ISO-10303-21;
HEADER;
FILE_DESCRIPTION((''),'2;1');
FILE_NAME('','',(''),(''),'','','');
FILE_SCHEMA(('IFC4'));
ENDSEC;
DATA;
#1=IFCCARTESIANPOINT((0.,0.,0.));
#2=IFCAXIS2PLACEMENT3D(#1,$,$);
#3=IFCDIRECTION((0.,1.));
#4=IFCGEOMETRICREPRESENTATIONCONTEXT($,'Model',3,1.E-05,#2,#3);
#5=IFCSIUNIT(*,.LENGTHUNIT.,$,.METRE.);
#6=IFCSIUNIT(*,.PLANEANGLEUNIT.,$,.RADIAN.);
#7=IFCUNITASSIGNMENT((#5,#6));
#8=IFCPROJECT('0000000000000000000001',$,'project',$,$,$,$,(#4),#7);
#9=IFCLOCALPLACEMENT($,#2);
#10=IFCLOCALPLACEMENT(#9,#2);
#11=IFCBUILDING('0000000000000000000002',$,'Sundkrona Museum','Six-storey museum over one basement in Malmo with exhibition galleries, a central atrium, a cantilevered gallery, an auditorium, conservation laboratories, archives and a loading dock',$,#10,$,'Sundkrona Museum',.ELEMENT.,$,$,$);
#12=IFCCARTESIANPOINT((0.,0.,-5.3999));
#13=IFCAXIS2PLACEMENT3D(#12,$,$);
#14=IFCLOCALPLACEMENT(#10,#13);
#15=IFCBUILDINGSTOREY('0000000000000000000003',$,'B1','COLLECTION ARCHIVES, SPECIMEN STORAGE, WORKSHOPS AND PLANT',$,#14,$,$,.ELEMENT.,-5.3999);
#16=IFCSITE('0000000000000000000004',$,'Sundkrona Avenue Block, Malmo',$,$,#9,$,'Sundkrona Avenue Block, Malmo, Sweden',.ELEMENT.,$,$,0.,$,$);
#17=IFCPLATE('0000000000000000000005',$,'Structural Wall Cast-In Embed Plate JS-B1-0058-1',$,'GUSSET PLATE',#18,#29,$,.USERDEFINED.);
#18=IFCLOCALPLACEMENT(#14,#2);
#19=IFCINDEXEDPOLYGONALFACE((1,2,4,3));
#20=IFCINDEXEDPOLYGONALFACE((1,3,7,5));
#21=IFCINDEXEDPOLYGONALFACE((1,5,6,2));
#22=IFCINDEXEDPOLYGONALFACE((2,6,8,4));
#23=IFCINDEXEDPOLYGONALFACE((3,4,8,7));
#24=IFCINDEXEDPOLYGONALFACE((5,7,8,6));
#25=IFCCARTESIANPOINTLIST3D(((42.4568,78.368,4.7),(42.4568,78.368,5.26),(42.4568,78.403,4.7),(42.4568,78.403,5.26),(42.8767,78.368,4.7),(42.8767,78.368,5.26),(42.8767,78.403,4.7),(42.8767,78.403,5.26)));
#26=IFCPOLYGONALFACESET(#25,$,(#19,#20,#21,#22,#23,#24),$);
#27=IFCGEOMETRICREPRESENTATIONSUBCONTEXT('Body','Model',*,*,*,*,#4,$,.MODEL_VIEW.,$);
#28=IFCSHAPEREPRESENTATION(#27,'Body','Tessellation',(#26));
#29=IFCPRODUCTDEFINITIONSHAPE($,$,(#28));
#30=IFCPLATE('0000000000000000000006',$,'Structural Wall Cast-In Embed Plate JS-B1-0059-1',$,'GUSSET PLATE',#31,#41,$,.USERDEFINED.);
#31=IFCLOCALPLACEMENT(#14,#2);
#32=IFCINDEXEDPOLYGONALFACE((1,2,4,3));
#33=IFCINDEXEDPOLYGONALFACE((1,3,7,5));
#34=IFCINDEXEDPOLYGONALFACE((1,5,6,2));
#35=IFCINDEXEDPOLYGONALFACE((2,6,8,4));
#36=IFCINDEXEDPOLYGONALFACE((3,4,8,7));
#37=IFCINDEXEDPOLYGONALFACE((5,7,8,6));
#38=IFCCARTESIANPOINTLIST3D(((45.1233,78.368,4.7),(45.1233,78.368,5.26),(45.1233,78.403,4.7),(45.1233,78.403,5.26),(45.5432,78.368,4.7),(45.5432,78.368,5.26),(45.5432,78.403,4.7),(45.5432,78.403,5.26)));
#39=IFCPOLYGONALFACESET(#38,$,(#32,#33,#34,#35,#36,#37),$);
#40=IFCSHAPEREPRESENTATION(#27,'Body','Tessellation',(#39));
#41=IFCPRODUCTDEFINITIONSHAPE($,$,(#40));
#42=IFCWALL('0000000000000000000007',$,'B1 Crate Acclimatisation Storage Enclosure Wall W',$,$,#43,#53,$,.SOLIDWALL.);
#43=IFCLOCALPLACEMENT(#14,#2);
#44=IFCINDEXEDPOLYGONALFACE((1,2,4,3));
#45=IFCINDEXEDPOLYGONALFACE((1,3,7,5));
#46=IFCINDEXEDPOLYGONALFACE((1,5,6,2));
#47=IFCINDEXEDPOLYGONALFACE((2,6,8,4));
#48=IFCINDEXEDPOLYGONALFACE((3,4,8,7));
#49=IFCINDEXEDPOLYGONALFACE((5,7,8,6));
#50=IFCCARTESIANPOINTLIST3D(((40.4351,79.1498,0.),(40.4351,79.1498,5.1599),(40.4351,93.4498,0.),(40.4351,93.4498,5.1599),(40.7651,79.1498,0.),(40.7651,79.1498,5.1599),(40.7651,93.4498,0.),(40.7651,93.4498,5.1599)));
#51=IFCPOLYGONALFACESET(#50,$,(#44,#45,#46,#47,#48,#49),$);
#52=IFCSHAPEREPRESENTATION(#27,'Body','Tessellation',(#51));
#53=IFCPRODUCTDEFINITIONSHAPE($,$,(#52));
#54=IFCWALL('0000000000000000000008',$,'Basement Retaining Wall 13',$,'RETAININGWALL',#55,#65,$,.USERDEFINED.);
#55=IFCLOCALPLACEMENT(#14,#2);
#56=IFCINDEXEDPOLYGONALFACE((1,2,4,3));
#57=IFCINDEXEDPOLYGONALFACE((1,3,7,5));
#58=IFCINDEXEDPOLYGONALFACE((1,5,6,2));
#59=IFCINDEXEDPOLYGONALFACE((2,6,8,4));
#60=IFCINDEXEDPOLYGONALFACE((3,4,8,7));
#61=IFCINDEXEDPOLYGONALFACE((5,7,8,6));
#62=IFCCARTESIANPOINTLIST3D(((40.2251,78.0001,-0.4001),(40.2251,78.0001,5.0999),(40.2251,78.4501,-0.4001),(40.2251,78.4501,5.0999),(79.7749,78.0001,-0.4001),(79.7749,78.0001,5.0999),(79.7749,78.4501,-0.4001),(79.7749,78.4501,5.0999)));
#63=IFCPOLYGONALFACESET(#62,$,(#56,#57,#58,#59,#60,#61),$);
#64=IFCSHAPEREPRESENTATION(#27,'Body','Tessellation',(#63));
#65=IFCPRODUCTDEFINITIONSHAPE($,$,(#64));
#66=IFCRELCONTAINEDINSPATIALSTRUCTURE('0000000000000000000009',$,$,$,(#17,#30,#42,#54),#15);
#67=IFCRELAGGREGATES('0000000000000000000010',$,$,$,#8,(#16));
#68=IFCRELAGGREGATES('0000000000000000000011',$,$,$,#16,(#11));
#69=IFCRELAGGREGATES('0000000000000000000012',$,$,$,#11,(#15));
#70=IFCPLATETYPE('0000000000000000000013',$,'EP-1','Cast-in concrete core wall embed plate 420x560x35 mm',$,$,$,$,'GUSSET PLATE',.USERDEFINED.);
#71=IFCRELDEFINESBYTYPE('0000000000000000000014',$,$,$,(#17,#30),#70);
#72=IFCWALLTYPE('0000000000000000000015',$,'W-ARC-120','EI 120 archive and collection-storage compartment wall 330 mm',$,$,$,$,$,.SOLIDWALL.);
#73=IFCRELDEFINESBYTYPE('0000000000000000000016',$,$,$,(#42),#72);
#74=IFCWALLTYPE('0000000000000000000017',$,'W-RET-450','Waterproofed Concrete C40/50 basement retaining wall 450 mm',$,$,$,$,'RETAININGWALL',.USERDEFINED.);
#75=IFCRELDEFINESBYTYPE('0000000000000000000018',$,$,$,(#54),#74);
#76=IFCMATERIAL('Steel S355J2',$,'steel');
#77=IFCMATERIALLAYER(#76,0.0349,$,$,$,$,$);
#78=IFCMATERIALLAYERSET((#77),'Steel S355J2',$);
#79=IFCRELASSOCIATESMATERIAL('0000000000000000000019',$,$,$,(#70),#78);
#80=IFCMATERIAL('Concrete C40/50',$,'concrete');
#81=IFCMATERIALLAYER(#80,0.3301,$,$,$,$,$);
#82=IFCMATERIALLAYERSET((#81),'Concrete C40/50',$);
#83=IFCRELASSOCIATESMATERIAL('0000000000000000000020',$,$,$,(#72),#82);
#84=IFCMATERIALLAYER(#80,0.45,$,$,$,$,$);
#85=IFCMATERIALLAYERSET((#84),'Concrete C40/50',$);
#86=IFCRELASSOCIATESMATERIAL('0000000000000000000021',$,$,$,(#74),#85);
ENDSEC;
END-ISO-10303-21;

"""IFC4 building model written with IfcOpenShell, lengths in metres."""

from ifc_helpers import new_model, si_unit, direction, frame, frame_2d, origin, origin_2d, place, context, subcontext, project, spatial, rectangle, extrude, material, layer, layer_set, type_object, element, save


model = new_model("IFC4")

# Units and contexts
model_context = context("Model", 3, precision=1e-05, world=origin(), true_north=direction((0.0, 1.0)))
body_context = subcontext(model_context, "Body", "Model", "MODEL_VIEW")
ifc_project = project(units=[si_unit("LENGTHUNIT", "METRE"), si_unit("PLANEANGLEUNIT", "RADIAN")], contexts=[model_context])

# Site, building, storey
site_placement = place(None, origin())
site = spatial("IfcSite", under=ifc_project, at=site_placement, Name="Sundkrona Avenue Block, Malmo", LongName="Sundkrona Avenue Block, Malmo, Sweden", CompositionType="ELEMENT", RefElevation=0.0)
building_placement = place(site_placement, origin())
building = spatial("IfcBuilding", under=site, at=building_placement, Name="Sundkrona Museum", Description="Six-storey museum over one basement in Malmo with exhibition galleries, a central atrium, a cantilevered gallery, an auditorium, conservation laboratories, archives and a loading dock", LongName="Sundkrona Museum", CompositionType="ELEMENT")
storey_placement = place(building_placement, frame((0.0, 0.0, -5.3999)))
storey = spatial("IfcBuildingStorey", under=building, at=storey_placement, Name="B1", Description="COLLECTION ARCHIVES, SPECIMEN STORAGE, WORKSHOPS AND PLANT", CompositionType="ELEMENT", Elevation=-5.3999)

# Shared definitions
ifc_material_1 = material(Name="Concrete C40/50", Category="concrete")

# Shared definitions
ifc_material_2 = material(Name="Steel S355J2", Category="steel")

# Plates
ifc_layer_1 = layer(ifc_material_2, 0.0349)
ifc_layer_set_1 = layer_set([ifc_layer_1], Name="Steel S355J2")
plate_type = type_object("IfcPlateType", Name="EP-1", Description="Cast-in concrete core wall embed plate 420x560x35 mm", ElementType="GUSSET PLATE", PredefinedType="USERDEFINED", material=ifc_layer_set_1)
for number, where, z_axis, x_axis, name in (
    (1, (42.6667, 78.3855, 4.7), (0.0, 0.0, 1.0), (1.0, 0.0, 0.0), "Structural Wall Cast-In Embed Plate JS-B1-0058-1"),
    (2, (45.3333, 78.3855, 4.7), (0.0, 0.0, 1.0), (1.0, 0.0, 0.0), "Structural Wall Cast-In Embed Plate JS-B1-0059-1"),
):
    element("IfcPlate", number, at=place(storey_placement, frame(where, z_axis=z_axis, x_axis=x_axis)), inside=storey, type_object=plate_type, Name=name, ObjectType="GUSSET PLATE", PredefinedType="USERDEFINED", context=body_context, shape_type="SweptSolid", body=[
        extrude(rectangle(XDim=0.4199, YDim=0.0349, at=origin_2d()), origin(), (0.0, 0.0, 1.0), 0.5601),
    ])

# Walls
ifc_layer_2 = layer(ifc_material_1, 0.3301)
ifc_layer_set_2 = layer_set([ifc_layer_2], Name="Concrete C40/50")
wall_type_1 = type_object("IfcWallType", Name="W-ARC-120", Description="EI 120 archive and collection-storage compartment wall 330 mm", PredefinedType="SOLIDWALL", material=ifc_layer_set_2)
wall_1_placement = place(storey_placement, frame((40.6001, 79.1499, 0.0), z_axis=(0.0, 0.0, 1.0), x_axis=(0.0, 1.0, 0.0)))
element("IfcWall", 3, at=wall_1_placement, inside=storey, type_object=wall_type_1, Name="B1 Crate Acclimatisation Storage Enclosure Wall W", PredefinedType="SOLIDWALL", context=body_context, shape_type="SweptSolid", body=[
    extrude(rectangle(XDim=14.3, YDim=0.3301, at=frame_2d((7.1499, 0.0))), origin(), (0.0, 0.0, 1.0), 5.1599),
])
ifc_layer_3 = layer(ifc_material_1, 0.45)
ifc_layer_set_3 = layer_set([ifc_layer_3], Name="Concrete C40/50")
wall_type_2 = type_object("IfcWallType", Name="W-RET-450", Description="Waterproofed Concrete C40/50 basement retaining wall 450 mm", ElementType="RETAININGWALL", PredefinedType="USERDEFINED", material=ifc_layer_set_3)
wall_2_placement = place(storey_placement, frame((40.2251, 78.2251, -0.4001), z_axis=(0.0, 0.0, 1.0), x_axis=(1.0, 0.0, 0.0)))
element("IfcWall", 4, at=wall_2_placement, inside=storey, type_object=wall_type_2, Name="Basement Retaining Wall 13", ObjectType="RETAININGWALL", PredefinedType="USERDEFINED", context=body_context, shape_type="SweptSolid", body=[
    extrude(rectangle(XDim=39.5498, YDim=0.45, at=frame_2d((19.7749, 0.0))), origin(), (0.0, 0.0, 1.0), 5.5),
])

save(model, "model.ifc")
